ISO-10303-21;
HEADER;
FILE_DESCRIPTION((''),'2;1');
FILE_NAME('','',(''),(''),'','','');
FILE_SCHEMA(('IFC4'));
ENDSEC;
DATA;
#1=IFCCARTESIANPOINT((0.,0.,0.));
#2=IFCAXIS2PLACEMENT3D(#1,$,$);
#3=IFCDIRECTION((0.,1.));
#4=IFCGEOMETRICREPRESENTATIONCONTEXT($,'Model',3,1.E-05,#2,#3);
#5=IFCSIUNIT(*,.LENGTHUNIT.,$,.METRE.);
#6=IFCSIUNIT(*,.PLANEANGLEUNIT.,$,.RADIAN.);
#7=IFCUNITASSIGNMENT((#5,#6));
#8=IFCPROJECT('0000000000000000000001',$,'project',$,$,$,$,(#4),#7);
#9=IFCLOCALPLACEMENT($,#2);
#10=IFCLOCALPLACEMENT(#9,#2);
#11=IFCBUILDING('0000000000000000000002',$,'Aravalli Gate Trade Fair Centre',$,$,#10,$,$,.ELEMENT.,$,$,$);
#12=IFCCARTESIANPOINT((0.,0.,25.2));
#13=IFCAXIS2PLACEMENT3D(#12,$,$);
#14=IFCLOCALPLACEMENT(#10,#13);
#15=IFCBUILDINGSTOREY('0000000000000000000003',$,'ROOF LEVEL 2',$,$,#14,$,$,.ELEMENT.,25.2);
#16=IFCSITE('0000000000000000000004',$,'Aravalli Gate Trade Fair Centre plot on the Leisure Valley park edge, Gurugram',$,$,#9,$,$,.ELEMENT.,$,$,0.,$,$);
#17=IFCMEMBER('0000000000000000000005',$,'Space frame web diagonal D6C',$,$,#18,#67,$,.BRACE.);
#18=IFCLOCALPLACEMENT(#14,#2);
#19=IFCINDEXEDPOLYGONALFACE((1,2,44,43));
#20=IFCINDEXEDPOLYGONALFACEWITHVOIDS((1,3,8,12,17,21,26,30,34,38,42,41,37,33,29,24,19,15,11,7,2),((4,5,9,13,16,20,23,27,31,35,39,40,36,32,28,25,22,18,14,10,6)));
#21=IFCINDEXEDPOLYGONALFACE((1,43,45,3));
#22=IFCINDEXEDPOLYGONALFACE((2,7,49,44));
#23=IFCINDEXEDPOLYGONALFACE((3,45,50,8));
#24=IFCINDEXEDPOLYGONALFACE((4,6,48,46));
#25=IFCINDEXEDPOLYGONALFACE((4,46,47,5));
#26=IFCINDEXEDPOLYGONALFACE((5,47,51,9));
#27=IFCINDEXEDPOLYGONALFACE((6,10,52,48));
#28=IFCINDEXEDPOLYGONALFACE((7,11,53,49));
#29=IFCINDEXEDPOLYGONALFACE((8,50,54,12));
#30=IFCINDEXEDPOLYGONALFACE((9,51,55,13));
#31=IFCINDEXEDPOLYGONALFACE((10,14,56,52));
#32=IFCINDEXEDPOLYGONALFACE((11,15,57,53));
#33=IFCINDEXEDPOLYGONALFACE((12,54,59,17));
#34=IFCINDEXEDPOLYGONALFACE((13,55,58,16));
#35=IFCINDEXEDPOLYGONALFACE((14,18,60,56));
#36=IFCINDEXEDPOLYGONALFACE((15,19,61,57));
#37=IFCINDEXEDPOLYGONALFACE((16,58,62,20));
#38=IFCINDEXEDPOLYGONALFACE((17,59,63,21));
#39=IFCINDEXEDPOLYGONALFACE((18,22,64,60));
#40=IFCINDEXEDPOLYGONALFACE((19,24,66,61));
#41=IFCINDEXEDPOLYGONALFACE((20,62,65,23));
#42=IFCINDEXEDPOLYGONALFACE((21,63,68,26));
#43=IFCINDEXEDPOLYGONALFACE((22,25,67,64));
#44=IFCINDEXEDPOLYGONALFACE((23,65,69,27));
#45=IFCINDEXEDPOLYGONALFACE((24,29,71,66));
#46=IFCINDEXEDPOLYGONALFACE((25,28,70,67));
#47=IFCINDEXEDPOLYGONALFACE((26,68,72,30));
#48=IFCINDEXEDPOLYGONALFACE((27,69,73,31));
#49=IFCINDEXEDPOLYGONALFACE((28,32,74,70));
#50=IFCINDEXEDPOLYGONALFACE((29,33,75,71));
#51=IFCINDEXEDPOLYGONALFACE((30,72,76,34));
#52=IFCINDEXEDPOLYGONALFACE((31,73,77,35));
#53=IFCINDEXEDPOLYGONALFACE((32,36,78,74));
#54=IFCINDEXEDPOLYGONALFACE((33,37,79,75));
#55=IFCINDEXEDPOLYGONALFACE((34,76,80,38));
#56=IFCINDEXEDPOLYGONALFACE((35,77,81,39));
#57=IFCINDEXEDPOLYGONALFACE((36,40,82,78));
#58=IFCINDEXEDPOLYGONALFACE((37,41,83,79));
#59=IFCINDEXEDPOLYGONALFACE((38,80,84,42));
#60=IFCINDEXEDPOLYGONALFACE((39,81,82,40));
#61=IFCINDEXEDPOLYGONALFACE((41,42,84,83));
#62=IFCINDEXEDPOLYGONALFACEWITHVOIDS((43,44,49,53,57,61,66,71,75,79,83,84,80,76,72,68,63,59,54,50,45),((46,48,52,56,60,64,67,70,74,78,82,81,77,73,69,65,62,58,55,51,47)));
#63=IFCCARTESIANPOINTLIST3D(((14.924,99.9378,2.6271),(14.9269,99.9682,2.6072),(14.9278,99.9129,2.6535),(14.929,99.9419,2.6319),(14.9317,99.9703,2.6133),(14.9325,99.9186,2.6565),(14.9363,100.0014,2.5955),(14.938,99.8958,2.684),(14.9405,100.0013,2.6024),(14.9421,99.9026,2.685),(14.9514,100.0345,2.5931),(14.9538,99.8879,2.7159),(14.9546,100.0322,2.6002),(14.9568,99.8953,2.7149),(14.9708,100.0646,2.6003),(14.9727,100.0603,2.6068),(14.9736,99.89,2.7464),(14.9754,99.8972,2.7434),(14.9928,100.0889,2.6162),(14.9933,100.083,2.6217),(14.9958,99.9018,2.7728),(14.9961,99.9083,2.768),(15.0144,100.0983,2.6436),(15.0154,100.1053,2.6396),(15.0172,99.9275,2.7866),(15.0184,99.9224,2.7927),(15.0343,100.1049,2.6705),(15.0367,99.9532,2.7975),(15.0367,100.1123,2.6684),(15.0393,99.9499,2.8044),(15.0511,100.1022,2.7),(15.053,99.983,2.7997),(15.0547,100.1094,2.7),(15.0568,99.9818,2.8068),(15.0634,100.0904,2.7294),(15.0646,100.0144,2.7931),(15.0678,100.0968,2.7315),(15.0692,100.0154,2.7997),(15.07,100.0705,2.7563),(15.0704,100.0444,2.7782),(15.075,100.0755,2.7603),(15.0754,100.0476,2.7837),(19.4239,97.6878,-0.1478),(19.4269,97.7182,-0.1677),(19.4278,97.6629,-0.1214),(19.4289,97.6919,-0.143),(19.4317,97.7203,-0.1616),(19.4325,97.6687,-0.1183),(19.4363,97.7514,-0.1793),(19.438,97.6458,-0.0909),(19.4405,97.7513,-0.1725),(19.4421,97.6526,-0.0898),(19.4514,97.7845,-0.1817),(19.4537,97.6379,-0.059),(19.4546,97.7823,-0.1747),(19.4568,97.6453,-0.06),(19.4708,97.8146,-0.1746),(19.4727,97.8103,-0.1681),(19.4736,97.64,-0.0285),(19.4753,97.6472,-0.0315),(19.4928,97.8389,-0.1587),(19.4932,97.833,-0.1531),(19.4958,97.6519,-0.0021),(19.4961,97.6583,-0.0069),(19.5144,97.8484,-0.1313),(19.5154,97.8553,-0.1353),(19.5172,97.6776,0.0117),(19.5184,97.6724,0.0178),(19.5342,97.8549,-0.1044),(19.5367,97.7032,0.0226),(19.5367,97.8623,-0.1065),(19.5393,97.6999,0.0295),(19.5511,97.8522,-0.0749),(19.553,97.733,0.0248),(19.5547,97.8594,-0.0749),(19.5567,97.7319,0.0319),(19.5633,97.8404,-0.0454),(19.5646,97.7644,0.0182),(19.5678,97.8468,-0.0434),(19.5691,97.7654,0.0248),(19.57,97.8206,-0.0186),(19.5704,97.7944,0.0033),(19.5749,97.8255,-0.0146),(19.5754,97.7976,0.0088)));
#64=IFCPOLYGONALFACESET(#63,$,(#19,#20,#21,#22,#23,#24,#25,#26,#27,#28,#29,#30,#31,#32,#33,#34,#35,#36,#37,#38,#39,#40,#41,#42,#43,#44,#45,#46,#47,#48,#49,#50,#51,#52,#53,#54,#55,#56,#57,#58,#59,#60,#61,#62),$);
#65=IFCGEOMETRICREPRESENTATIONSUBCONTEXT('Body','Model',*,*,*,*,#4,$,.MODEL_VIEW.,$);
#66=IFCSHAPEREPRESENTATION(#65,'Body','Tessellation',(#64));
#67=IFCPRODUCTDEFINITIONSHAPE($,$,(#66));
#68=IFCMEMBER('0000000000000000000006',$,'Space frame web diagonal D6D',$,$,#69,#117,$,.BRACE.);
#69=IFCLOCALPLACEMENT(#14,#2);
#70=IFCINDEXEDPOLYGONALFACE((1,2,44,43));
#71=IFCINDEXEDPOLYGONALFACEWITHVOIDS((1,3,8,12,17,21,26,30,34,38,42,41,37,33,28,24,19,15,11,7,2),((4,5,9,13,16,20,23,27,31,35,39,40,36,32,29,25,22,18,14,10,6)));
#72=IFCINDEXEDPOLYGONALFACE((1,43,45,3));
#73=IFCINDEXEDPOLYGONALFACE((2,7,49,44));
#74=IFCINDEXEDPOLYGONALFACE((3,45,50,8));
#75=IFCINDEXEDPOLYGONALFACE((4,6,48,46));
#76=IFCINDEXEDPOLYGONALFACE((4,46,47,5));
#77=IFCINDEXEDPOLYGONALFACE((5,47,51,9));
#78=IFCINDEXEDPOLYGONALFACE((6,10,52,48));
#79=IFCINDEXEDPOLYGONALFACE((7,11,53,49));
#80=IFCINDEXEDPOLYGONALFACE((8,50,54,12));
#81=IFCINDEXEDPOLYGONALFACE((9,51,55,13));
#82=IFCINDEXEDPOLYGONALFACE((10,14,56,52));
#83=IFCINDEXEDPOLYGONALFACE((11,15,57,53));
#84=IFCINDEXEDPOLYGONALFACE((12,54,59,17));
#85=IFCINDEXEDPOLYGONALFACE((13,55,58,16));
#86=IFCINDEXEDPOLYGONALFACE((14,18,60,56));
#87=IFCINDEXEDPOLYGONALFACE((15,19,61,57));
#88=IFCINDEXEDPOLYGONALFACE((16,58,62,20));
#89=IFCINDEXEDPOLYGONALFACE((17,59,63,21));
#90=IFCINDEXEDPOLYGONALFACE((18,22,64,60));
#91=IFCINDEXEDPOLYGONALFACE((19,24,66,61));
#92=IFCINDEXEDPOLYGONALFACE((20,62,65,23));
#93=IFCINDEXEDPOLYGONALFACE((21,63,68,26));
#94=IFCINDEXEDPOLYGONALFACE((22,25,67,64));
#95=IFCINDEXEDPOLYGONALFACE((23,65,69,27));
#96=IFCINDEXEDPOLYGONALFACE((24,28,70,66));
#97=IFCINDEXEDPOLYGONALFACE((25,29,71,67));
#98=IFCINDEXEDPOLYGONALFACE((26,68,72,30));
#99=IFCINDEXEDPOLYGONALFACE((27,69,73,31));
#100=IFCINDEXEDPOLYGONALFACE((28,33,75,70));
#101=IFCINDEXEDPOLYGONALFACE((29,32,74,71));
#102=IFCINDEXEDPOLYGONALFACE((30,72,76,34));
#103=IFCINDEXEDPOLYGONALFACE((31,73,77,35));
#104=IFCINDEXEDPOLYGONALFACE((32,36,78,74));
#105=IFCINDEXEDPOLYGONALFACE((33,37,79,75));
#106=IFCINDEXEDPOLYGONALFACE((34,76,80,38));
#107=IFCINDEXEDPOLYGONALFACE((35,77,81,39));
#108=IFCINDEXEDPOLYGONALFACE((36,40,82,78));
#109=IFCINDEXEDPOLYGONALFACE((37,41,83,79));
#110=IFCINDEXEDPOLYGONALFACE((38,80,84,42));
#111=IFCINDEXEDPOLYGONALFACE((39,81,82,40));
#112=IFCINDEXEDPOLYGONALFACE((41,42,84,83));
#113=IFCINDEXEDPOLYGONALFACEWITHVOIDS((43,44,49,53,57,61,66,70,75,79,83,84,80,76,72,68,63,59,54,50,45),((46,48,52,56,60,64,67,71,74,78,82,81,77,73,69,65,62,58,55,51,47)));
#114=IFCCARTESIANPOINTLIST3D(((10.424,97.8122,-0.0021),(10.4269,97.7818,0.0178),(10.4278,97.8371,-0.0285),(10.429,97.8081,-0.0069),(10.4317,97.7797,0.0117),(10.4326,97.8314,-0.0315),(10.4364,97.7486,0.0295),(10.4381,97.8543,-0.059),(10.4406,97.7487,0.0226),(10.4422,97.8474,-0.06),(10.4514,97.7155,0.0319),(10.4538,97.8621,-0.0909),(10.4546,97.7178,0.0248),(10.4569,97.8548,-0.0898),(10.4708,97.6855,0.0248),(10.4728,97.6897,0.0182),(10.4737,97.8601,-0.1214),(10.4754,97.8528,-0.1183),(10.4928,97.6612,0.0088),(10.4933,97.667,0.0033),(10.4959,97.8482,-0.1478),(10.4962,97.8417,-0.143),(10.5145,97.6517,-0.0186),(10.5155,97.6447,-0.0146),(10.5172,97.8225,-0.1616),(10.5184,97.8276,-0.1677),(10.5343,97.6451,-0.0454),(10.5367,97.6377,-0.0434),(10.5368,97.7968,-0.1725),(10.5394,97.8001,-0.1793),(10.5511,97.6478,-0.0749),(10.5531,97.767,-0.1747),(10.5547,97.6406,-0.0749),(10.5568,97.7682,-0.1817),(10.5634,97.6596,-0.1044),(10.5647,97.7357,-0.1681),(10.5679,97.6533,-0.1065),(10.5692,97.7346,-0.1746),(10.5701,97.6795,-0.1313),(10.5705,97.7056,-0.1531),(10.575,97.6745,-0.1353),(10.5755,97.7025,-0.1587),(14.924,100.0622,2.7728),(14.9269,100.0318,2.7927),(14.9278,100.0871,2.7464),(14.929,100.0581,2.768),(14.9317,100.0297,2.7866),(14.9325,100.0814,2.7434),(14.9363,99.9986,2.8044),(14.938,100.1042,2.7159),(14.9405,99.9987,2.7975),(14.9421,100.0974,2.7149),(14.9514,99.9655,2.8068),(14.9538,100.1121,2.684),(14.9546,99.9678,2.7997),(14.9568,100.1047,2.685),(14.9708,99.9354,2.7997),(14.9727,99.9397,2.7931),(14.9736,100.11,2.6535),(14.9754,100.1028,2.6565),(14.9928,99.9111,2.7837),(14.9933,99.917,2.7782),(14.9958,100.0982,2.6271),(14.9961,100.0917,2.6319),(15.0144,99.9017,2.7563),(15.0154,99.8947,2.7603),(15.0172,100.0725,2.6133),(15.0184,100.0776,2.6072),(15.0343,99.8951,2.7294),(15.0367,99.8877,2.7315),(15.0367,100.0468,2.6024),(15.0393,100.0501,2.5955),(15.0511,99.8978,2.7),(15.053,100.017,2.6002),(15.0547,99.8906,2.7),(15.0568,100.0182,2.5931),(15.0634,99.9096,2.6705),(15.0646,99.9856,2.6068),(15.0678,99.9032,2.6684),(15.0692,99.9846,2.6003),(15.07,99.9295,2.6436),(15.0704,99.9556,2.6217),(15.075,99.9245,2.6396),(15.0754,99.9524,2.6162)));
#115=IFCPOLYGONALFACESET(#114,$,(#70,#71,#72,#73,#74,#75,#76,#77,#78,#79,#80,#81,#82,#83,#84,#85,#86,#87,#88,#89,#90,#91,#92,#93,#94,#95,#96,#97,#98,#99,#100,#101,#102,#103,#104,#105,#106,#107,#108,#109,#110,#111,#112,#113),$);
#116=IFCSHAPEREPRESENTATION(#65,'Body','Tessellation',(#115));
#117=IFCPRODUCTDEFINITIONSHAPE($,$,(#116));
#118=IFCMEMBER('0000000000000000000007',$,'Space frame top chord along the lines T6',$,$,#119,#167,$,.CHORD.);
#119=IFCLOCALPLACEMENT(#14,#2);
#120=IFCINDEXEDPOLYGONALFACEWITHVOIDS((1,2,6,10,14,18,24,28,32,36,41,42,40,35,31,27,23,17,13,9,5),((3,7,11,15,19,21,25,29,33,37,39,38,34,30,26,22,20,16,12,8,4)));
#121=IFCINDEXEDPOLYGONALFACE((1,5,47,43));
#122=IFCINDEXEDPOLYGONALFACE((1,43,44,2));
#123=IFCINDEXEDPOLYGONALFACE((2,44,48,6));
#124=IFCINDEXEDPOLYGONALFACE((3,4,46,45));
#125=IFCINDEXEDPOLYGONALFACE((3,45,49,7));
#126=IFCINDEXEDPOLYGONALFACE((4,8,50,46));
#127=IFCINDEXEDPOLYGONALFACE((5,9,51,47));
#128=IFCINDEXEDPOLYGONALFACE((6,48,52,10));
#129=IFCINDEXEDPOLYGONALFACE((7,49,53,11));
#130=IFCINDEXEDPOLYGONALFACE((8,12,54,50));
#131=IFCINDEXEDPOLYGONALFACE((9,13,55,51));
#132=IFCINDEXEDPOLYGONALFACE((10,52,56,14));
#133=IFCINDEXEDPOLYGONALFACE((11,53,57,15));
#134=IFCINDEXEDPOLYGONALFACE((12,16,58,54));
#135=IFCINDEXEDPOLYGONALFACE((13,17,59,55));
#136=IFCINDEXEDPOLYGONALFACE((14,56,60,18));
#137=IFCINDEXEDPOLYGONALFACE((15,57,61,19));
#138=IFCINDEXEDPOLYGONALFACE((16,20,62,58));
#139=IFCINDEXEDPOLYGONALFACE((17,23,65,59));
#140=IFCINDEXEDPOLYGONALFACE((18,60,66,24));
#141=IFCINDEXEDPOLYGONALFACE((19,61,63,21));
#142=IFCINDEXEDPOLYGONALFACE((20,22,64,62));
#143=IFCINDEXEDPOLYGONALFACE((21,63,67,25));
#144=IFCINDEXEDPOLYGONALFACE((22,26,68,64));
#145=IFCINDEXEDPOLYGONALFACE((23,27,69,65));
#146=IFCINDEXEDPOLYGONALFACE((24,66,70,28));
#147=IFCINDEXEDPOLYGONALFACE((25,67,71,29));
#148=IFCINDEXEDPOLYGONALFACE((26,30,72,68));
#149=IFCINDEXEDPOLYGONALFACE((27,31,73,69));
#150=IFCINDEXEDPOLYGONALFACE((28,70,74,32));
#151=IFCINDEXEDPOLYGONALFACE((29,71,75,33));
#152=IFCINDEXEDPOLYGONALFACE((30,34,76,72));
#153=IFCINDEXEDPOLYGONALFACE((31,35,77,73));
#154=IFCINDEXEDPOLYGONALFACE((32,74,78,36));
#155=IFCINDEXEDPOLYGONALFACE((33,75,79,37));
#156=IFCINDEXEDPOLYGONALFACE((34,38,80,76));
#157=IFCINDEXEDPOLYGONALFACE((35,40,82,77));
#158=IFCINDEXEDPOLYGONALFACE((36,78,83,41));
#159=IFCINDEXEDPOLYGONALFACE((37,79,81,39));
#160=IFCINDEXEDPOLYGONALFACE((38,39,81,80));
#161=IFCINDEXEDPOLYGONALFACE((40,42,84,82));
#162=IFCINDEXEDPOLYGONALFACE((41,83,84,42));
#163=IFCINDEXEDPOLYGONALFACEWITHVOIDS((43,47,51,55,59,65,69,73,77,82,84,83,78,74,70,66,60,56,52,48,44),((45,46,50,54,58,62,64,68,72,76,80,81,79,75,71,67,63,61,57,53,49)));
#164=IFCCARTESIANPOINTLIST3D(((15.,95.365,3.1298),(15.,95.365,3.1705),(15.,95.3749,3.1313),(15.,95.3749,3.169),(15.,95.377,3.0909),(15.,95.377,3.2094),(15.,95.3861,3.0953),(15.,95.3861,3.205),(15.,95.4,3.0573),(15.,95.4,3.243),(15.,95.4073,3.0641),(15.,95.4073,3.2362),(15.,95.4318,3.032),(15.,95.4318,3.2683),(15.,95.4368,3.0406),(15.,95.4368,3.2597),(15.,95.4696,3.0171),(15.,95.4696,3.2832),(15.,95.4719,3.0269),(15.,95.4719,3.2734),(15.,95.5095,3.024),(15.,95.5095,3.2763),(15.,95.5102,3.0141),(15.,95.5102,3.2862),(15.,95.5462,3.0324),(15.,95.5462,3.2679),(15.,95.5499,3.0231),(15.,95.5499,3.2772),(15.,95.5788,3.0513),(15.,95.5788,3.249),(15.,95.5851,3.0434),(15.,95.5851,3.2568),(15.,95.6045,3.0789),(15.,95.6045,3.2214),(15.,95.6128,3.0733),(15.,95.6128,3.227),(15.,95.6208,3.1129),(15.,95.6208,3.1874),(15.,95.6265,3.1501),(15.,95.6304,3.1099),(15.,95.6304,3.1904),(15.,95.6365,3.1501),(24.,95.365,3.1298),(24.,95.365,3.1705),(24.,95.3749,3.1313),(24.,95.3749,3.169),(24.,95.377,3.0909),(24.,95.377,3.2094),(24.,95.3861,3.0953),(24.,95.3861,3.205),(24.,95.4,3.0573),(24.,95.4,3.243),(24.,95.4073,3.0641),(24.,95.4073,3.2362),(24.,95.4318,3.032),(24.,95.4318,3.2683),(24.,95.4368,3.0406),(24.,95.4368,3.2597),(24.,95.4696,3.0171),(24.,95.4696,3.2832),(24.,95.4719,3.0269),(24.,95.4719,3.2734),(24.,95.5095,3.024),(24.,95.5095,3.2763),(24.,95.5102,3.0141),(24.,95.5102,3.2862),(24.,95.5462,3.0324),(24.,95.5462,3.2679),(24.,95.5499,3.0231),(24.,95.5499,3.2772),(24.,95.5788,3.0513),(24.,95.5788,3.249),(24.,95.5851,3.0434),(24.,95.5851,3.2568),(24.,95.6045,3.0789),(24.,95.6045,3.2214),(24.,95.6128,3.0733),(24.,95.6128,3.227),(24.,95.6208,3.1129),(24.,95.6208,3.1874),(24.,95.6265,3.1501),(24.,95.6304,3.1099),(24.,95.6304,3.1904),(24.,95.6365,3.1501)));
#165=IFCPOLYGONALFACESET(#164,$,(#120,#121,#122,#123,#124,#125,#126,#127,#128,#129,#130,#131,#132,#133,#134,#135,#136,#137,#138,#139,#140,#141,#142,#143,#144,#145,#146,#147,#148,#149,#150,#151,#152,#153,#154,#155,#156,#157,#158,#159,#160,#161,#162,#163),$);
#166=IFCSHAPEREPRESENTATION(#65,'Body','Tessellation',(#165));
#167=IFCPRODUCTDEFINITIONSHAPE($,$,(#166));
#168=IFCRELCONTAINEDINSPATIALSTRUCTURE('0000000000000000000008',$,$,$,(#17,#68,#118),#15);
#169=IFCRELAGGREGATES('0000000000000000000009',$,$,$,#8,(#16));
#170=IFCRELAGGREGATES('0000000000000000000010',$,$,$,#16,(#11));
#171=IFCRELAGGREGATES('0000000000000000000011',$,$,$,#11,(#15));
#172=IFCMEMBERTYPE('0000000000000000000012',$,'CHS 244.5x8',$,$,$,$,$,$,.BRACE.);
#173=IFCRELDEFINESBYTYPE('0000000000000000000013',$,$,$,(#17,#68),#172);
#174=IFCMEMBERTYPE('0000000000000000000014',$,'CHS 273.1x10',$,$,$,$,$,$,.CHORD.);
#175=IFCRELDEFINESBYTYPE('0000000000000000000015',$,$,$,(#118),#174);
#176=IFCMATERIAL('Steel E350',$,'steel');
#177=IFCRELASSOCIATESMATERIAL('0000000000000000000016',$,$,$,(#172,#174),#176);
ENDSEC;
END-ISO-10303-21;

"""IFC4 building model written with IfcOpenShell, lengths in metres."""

from ifc_helpers import new_model, si_unit, direction, frame, origin, origin_2d, place, context, subcontext, project, spatial, hollow_circle, extrude, material, material_profile, profile_set, type_object, element, save


model = new_model("IFC4")

# Units and contexts
model_context = context("Model", 3, precision=1e-05, world=origin(), true_north=direction((0.0, 1.0)))
body_context = subcontext(model_context, "Body", "Model", "MODEL_VIEW")
ifc_project = project(units=[si_unit("LENGTHUNIT", "METRE"), si_unit("PLANEANGLEUNIT", "RADIAN")], contexts=[model_context])

# Site, building, storey
site_placement = place(None, origin())
site = spatial("IfcSite", under=ifc_project, at=site_placement, Name="Aravalli Gate Trade Fair Centre plot on the Leisure Valley park edge, Gurugram", CompositionType="ELEMENT", RefElevation=0.0)
building_placement = place(site_placement, origin())
building = spatial("IfcBuilding", under=site, at=building_placement, Name="Aravalli Gate Trade Fair Centre", CompositionType="ELEMENT")
storey_placement = place(building_placement, frame((0.0, 0.0, 25.2)))
storey = spatial("IfcBuildingStorey", under=building, at=storey_placement, Name="ROOF LEVEL 2", CompositionType="ELEMENT", Elevation=25.2)

# Members
ifc_material_1 = material(Name="Steel E350", Category="steel")
ifc_material_profile_1 = material_profile(ifc_material_1, hollow_circle(Radius=0.1223, WallThickness=0.0081, at=origin_2d()), Name="CHS 244.5x8")
ifc_profile_set_1 = profile_set([ifc_material_profile_1], Name="Steel E350")
member_type_1 = type_object("IfcMemberType", Name="CHS 244.5x8", PredefinedType="BRACE", material=ifc_profile_set_1)
for number, where, z_axis, x_axis, name in (
    (1, (15.0, 100.0, 2.7), (0.7832, -0.3916, -0.482956), (0.447214, 0.894427, 0.0), "Space frame web diagonal D6C"),
    (2, (15.0, 100.0, 2.7), (-0.7832, -0.3916, -0.482956), (0.447214, -0.894427, 0.0), "Space frame web diagonal D6D"),
):
    element("IfcMember", number, at=place(storey_placement, frame(where, z_axis=z_axis, x_axis=x_axis)), inside=storey, type_object=member_type_1, Name=name, PredefinedType="BRACE", context=body_context, shape_type="SweptSolid", body=[
        extrude(hollow_circle(Radius=0.1223, WallThickness=0.0081, at=origin_2d()), origin(), (0.0, 0.0, 1.0), 5.7456),
    ])
ifc_material_profile_2 = material_profile(ifc_material_1, hollow_circle(Radius=0.1365, WallThickness=0.01, at=origin_2d()), Name="CHS 273.1x10")
ifc_profile_set_2 = profile_set([ifc_material_profile_2], Name="Steel E350")
member_type_2 = type_object("IfcMemberType", Name="CHS 273.1x10", PredefinedType="CHORD", material=ifc_profile_set_2)
for number, where, z_axis, x_axis, name in (
    (3, (15.0, 95.5, 3.1501), (1.0, 0.0, 0.0), (0.0, 1.0, 0.0), "Space frame top chord along the lines T6"),
):
    element("IfcMember", number, at=place(storey_placement, frame(where, z_axis=z_axis, x_axis=x_axis)), inside=storey, type_object=member_type_2, Name=name, PredefinedType="CHORD", context=body_context, shape_type="SweptSolid", body=[
        extrude(hollow_circle(Radius=0.1365, WallThickness=0.01, at=origin_2d()), origin(), (0.0, 0.0, 1.0), 9.0),
    ])

save(model, "model.ifc")
